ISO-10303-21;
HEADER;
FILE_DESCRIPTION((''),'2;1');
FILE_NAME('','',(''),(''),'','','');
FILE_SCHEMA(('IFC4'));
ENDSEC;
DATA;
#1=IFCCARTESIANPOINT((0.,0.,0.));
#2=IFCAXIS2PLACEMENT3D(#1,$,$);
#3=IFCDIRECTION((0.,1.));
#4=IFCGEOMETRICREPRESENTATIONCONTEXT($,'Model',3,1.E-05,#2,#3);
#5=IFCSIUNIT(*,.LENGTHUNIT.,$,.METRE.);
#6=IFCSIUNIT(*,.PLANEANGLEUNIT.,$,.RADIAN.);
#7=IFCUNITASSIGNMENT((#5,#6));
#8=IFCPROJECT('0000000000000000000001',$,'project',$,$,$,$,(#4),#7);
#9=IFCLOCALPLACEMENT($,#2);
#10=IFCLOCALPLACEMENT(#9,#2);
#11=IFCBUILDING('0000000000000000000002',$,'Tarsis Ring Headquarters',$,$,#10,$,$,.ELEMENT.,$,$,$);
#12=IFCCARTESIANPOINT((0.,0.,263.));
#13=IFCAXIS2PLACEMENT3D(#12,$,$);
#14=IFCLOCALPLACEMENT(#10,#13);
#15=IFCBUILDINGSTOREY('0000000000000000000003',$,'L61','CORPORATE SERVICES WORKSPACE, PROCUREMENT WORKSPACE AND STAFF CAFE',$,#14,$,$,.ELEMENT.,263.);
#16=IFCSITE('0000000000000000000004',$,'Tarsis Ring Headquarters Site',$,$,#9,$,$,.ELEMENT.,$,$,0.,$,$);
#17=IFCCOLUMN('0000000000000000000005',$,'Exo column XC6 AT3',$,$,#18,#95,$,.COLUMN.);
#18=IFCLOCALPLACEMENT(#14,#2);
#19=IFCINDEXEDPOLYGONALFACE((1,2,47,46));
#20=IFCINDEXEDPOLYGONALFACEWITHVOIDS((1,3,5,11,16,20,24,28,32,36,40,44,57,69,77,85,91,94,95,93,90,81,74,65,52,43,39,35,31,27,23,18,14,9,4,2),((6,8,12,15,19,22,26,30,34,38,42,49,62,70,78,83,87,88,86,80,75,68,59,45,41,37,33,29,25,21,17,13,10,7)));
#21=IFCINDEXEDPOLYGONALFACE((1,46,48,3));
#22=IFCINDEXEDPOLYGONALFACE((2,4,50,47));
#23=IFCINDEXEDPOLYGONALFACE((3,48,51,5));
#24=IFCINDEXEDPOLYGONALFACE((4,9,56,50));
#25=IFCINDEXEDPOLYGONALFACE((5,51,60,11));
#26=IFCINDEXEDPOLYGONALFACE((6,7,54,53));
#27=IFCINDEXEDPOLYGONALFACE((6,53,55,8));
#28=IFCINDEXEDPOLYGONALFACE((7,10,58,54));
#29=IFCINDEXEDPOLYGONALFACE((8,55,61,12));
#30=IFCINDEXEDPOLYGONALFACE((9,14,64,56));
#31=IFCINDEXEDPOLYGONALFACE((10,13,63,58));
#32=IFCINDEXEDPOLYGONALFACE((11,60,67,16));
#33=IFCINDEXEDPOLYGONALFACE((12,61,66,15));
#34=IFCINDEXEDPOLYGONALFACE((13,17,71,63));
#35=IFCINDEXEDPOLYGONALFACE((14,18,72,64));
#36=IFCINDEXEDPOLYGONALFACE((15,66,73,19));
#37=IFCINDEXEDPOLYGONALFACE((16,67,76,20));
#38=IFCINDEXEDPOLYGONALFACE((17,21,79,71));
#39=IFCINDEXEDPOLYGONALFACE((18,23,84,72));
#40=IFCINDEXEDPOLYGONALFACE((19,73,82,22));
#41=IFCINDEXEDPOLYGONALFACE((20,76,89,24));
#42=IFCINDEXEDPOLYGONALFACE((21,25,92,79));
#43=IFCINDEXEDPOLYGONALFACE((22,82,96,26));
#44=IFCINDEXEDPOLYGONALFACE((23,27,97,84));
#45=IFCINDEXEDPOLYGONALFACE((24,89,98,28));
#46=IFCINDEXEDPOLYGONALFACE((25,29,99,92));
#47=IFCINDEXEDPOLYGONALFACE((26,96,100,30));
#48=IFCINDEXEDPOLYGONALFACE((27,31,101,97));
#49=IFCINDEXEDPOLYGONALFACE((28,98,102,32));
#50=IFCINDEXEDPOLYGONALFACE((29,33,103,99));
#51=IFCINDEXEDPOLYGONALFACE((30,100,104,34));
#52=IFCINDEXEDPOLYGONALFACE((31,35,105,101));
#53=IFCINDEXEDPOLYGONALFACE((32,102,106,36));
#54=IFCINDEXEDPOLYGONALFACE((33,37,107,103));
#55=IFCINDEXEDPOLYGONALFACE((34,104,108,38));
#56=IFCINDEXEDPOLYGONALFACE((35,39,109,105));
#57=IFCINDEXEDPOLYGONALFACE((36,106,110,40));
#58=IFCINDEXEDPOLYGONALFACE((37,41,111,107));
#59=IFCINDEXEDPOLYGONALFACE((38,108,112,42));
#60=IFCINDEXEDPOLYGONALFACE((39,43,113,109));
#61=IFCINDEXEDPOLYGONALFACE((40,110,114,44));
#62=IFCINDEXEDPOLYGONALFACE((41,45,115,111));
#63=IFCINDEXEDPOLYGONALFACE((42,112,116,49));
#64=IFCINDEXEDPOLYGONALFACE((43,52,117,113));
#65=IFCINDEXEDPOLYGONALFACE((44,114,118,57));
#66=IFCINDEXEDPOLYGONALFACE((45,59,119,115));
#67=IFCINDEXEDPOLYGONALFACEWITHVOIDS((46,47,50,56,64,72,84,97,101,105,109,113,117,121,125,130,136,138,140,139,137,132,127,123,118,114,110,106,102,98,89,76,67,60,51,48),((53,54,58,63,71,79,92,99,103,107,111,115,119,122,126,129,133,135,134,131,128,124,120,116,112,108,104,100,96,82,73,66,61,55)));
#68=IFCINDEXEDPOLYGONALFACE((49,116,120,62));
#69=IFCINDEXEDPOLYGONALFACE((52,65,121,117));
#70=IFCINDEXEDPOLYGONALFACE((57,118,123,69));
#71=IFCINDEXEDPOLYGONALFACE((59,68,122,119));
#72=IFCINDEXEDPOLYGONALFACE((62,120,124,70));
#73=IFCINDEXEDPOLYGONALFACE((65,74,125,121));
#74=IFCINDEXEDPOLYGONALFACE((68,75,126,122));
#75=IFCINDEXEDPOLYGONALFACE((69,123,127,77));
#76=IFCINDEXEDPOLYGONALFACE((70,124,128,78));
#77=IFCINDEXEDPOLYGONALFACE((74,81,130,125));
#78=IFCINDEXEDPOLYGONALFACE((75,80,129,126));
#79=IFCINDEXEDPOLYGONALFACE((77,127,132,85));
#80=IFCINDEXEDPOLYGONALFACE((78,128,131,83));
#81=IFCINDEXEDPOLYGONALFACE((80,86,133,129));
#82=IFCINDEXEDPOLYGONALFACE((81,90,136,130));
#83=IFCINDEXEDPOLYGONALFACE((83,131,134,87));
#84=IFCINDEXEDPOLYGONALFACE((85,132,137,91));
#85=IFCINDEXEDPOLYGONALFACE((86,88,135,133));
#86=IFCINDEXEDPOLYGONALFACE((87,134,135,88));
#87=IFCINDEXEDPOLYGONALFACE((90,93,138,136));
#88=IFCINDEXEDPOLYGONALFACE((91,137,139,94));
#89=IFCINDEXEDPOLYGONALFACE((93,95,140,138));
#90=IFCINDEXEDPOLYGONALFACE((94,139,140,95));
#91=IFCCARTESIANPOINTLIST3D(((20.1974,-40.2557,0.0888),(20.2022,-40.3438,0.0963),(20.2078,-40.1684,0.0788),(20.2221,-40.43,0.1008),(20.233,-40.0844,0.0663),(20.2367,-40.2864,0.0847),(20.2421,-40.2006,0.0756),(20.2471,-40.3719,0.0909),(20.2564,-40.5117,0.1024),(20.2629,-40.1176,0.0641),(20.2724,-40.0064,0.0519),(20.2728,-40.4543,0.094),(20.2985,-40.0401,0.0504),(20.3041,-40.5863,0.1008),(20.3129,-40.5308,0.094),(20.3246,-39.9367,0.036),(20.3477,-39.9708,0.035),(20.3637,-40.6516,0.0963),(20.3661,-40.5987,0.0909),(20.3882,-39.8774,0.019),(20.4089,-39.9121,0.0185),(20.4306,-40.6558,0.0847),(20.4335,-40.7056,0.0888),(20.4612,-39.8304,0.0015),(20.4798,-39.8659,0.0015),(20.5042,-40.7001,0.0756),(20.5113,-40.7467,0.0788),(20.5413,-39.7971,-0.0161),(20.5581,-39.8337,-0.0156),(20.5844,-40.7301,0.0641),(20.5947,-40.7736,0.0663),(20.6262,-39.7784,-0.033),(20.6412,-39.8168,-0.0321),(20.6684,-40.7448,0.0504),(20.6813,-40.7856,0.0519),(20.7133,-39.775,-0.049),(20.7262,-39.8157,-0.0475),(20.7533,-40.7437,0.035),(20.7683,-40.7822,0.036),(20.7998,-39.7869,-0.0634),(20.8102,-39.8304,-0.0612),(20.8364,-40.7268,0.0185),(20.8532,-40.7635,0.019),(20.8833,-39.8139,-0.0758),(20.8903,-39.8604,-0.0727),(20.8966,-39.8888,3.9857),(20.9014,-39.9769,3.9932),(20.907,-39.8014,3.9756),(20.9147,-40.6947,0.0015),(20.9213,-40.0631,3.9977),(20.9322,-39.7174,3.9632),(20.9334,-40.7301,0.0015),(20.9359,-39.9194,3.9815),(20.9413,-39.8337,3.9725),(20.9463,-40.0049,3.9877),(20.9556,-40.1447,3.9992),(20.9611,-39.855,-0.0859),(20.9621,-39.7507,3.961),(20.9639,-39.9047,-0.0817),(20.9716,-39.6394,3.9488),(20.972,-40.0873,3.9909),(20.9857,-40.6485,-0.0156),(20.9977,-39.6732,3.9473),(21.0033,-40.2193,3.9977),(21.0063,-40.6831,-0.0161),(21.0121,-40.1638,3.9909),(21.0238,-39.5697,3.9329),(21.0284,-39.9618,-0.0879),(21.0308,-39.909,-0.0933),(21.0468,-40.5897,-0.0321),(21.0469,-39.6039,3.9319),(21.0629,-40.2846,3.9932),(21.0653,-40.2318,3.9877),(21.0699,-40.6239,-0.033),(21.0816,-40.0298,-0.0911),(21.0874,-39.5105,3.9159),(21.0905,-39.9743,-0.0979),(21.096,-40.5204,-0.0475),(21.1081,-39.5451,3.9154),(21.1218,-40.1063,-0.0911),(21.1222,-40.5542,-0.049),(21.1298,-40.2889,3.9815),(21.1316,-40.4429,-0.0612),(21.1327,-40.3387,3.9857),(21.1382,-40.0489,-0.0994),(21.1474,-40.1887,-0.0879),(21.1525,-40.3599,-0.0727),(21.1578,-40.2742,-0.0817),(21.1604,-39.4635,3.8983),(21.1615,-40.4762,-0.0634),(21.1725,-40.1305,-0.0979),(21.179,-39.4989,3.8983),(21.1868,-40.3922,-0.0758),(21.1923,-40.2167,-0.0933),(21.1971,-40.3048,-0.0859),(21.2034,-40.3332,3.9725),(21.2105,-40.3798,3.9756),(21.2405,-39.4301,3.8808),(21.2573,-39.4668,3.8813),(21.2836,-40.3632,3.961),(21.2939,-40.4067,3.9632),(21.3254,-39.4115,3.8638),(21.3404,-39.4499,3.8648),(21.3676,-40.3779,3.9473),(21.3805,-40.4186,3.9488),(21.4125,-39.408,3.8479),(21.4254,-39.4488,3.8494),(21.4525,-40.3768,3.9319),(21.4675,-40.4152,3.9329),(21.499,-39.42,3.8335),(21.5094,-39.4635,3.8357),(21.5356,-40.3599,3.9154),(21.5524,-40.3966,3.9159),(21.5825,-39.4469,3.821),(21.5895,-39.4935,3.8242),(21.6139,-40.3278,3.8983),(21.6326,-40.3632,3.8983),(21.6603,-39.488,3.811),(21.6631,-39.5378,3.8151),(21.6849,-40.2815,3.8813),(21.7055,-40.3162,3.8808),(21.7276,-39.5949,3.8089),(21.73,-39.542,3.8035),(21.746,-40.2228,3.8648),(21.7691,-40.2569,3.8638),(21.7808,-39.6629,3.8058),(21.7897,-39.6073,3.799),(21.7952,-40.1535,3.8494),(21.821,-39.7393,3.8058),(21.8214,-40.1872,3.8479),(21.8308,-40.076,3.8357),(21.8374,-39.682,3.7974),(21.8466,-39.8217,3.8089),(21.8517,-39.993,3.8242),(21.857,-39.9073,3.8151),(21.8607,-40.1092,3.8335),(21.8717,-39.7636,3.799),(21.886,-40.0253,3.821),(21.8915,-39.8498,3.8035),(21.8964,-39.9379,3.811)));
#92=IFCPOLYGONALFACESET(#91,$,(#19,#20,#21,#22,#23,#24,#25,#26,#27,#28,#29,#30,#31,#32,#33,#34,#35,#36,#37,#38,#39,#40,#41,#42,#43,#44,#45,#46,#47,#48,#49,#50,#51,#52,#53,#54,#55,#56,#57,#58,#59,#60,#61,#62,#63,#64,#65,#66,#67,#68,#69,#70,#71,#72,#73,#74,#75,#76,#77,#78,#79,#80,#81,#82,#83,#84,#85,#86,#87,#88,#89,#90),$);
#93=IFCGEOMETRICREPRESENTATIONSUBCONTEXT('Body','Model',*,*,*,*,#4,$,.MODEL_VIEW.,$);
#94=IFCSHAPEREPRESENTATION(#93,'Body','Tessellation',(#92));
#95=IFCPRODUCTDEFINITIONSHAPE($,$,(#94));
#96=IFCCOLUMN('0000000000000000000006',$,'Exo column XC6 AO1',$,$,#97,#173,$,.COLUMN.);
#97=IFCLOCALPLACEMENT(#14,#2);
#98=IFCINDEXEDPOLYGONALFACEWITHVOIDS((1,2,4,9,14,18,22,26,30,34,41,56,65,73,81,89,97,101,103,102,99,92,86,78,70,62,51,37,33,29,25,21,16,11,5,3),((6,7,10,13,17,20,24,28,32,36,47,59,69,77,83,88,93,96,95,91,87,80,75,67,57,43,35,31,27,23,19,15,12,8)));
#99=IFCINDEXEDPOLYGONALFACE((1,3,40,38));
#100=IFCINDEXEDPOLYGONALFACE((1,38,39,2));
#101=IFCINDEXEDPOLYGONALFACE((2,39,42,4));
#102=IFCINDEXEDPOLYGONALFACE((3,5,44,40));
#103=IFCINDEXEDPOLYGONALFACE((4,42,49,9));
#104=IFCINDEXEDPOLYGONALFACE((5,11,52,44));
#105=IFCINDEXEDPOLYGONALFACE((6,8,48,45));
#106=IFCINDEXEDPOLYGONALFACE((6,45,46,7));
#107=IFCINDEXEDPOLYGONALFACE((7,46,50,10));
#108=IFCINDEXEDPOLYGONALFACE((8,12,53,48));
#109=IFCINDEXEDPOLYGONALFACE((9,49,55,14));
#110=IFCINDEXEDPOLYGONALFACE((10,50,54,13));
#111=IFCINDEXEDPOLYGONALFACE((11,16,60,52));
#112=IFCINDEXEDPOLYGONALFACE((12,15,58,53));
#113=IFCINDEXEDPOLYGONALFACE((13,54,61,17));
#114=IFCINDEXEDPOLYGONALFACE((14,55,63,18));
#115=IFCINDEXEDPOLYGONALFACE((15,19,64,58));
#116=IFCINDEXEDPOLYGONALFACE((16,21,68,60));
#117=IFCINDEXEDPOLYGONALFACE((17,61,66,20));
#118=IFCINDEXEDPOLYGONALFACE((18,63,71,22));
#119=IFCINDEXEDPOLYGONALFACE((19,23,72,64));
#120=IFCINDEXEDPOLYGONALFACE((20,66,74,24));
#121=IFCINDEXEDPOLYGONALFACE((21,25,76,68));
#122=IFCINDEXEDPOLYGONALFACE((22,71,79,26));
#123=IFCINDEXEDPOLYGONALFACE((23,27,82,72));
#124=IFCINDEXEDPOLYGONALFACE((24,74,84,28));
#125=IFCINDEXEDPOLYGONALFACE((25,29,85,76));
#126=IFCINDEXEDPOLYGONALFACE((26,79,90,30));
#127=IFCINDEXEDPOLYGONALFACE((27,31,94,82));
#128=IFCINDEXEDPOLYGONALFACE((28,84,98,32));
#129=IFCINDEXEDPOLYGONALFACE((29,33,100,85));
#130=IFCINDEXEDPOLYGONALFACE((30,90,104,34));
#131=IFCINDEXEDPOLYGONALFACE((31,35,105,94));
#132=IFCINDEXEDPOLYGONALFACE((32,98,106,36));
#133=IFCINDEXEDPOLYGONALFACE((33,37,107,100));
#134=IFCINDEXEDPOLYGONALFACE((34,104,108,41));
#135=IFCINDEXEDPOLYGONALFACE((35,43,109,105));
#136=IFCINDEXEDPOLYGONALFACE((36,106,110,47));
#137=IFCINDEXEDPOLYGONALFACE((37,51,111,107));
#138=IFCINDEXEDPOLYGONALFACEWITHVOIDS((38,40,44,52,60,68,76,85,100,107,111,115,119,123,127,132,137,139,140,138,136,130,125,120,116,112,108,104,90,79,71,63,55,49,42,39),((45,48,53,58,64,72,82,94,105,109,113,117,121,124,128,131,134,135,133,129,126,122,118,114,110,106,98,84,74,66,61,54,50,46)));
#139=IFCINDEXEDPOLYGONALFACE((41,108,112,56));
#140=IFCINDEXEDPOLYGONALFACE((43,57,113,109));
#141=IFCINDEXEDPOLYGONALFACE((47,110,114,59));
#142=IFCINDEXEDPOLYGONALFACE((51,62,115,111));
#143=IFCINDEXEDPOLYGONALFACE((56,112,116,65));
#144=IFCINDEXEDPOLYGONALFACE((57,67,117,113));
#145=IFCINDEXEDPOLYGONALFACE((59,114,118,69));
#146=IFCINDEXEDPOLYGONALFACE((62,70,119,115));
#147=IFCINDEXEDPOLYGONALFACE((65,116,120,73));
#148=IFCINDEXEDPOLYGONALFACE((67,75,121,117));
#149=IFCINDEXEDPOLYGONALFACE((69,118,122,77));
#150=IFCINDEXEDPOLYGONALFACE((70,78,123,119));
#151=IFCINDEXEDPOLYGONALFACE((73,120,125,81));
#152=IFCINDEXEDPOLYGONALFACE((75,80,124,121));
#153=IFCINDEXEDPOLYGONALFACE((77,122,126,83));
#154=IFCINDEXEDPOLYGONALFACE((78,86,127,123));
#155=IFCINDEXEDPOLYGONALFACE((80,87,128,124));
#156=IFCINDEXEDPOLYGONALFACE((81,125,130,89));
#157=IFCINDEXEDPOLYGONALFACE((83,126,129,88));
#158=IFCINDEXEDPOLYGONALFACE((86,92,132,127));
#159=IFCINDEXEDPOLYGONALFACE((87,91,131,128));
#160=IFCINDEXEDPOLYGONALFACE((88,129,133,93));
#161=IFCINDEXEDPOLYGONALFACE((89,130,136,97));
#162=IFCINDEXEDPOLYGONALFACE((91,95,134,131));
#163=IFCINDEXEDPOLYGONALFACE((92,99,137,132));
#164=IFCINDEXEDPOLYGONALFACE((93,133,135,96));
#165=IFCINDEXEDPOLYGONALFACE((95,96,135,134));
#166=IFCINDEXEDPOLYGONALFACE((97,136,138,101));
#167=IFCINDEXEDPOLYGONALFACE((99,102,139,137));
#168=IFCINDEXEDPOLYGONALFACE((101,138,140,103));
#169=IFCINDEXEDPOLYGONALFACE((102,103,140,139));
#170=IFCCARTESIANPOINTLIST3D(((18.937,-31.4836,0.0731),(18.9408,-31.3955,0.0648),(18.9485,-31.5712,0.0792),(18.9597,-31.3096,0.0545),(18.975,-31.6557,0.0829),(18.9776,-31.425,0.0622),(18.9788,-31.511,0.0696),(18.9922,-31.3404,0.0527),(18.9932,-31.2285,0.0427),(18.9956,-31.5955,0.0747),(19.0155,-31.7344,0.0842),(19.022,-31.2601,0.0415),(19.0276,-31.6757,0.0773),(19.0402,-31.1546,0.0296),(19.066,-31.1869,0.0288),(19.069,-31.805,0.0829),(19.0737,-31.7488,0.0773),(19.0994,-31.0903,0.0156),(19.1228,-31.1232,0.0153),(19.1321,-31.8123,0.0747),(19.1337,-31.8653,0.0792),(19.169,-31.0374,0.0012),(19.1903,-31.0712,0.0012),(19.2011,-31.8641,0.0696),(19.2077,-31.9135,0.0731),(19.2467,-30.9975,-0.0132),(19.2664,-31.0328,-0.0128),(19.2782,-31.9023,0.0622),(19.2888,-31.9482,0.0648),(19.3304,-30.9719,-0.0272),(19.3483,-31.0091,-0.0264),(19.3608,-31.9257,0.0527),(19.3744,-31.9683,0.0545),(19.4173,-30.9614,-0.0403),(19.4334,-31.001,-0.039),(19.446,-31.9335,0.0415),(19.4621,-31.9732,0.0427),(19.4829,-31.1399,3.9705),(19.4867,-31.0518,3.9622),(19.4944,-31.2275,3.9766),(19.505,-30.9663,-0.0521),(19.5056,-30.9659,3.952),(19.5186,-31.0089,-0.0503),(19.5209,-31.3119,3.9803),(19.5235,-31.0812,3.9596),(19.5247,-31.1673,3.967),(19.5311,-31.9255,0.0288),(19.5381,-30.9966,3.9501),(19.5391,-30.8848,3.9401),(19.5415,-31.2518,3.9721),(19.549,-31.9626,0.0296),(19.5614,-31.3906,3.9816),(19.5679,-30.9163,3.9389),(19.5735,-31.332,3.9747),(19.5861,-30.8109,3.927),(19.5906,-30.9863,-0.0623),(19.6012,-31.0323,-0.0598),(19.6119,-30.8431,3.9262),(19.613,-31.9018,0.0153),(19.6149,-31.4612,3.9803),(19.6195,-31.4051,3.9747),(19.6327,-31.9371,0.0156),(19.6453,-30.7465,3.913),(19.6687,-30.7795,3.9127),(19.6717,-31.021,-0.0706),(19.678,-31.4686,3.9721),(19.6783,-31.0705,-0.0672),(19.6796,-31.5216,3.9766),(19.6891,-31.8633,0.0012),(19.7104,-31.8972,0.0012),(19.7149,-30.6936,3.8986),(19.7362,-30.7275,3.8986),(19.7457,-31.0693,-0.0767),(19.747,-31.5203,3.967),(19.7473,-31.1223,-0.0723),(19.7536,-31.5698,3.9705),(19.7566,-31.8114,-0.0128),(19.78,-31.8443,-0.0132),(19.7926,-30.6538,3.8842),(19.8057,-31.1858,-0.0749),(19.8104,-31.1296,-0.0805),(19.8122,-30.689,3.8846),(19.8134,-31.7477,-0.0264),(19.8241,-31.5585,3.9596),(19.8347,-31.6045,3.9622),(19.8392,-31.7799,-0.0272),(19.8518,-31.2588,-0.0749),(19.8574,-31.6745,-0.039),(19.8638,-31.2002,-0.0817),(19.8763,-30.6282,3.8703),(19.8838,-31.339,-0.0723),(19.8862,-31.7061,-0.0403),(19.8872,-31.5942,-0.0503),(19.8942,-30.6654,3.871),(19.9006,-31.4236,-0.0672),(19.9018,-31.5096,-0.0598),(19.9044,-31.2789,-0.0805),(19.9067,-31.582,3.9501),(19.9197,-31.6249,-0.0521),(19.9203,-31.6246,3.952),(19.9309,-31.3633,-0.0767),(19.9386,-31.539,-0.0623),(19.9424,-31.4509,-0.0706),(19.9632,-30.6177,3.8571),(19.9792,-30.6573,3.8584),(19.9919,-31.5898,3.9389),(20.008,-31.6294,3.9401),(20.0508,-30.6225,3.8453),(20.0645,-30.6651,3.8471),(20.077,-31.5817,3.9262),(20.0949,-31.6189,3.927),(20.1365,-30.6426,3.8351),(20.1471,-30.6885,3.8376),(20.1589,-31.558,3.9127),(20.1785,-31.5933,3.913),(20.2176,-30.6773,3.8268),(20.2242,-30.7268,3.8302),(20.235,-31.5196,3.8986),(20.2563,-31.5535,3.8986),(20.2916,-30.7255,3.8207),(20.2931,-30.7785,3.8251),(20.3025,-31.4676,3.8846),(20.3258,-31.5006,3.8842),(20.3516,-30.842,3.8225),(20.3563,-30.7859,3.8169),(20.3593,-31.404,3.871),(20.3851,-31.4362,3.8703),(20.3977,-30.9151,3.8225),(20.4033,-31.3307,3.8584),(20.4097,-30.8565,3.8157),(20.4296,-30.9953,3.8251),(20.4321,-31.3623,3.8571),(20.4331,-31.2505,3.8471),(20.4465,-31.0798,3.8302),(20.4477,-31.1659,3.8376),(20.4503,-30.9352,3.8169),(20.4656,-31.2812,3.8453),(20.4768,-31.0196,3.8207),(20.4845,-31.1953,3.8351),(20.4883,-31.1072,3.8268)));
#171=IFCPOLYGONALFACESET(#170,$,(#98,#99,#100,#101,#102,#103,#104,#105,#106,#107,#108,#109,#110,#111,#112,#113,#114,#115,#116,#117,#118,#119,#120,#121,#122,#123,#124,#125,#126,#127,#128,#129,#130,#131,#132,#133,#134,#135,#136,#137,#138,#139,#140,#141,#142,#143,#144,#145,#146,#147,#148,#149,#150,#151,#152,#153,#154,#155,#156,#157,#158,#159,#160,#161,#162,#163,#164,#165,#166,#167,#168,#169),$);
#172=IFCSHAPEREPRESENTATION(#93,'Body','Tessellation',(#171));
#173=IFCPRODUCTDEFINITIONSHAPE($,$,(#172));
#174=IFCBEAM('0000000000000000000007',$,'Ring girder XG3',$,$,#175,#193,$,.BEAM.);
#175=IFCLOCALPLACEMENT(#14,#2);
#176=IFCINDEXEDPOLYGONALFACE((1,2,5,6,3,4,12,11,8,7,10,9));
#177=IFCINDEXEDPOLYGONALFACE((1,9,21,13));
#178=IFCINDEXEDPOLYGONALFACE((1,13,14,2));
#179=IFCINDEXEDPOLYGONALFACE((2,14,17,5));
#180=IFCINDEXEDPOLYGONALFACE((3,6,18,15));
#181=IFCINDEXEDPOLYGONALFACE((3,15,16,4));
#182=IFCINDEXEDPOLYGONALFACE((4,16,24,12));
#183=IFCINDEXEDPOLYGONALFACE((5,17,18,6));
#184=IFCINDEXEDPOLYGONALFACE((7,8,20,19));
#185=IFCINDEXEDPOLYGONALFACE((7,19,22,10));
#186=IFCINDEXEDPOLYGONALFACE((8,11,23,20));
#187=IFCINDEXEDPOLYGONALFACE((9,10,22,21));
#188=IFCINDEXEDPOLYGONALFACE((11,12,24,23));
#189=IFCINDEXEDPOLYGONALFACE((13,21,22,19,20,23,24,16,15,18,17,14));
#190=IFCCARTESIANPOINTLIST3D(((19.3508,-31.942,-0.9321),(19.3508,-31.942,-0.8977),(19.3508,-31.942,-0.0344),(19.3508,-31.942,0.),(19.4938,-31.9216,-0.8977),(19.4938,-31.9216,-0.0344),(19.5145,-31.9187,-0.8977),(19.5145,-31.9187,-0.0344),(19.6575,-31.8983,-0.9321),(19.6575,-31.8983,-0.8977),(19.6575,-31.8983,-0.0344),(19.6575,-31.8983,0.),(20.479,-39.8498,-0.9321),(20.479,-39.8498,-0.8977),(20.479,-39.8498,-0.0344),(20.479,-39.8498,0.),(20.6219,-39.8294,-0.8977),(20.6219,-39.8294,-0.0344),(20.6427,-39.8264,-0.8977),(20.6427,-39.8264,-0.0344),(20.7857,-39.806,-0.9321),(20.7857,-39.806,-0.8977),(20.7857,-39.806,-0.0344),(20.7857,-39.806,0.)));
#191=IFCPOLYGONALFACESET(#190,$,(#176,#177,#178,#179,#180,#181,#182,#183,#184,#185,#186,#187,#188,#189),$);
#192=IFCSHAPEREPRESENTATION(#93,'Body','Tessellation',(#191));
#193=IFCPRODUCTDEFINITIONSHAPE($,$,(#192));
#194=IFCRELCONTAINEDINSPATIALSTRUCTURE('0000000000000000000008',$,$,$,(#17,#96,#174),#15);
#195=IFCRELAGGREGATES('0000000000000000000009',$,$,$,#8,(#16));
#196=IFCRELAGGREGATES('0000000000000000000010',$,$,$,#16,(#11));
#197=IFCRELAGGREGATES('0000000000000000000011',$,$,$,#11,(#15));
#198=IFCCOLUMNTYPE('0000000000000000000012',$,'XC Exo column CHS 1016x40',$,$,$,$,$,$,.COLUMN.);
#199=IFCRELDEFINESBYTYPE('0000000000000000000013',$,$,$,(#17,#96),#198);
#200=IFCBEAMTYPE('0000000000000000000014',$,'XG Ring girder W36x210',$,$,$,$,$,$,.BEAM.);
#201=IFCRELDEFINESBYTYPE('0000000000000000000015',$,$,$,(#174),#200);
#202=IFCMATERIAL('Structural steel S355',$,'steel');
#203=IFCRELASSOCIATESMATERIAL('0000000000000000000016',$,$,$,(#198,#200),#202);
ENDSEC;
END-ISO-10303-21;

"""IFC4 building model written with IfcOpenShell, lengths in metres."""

from ifc_helpers import new_model, si_unit, direction, frame, origin, origin_2d, place, context, subcontext, project, spatial, hollow_circle, i_section, extrude, material, material_profile, profile_set, type_object, element, save


model = new_model("IFC4")

# Units and contexts
model_context = context("Model", 3, precision=1e-05, world=origin(), true_north=direction((0.0, 1.0)))
body_context = subcontext(model_context, "Body", "Model", "MODEL_VIEW")
ifc_project = project(units=[si_unit("LENGTHUNIT", "METRE"), si_unit("PLANEANGLEUNIT", "RADIAN")], contexts=[model_context])

# Site, building, storey
site_placement = place(None, origin())
site = spatial("IfcSite", under=ifc_project, at=site_placement, Name="Tarsis Ring Headquarters Site", CompositionType="ELEMENT", RefElevation=0.0)
building_placement = place(site_placement, origin())
building = spatial("IfcBuilding", under=site, at=building_placement, Name="Tarsis Ring Headquarters", CompositionType="ELEMENT")
storey_placement = place(building_placement, frame((0.0, 0.0, 263.0)))
storey = spatial("IfcBuildingStorey", under=building, at=storey_placement, Name="L61", Description="CORPORATE SERVICES WORKSPACE, PROCUREMENT WORKSPACE AND STAFF CAFE", CompositionType="ELEMENT", Elevation=263.0)

# Columns
ifc_material_1 = material(Name="Structural steel S355", Category="steel")
ifc_material_profile_1 = material_profile(ifc_material_1, hollow_circle(Radius=0.5081, WallThickness=0.04, at=origin_2d()), Name="CHS 1016x40")
ifc_profile_set_1 = profile_set([ifc_material_profile_1], Name="Structural steel S355")
column_type = type_object("IfcColumnType", Name="XC Exo column CHS 1016x40", PredefinedType="COLUMN", material=ifc_profile_set_1)
column_1_placement = place(storey_placement, frame((20.6973, -40.2803, 0.0015), z_axis=(0.175852, 0.092286, 0.980081), x_axis=(-0.464688, 0.885474, 0.0)))
element("IfcColumn", 1, at=column_1_placement, inside=storey, type_object=column_type, Name="Exo column XC6 AT3", PredefinedType="COLUMN", context=body_context, shape_type="SweptSolid", body=[
    extrude(hollow_circle(Radius=0.5081, WallThickness=0.04, at=origin_2d()), origin(), (0.0, 0.0, 1.0), 3.9761),
])
column_2_placement = place(storey_placement, frame((19.4397, -31.4673, 0.0012), z_axis=(0.138185, 0.087015, 0.986577), x_axis=(-0.532853, 0.846208, 0.0)))
element("IfcColumn", 2, at=column_2_placement, inside=storey, type_object=column_type, Name="Exo column XC6 AO1", PredefinedType="COLUMN", context=body_context, shape_type="SweptSolid", body=[
    extrude(hollow_circle(Radius=0.5081, WallThickness=0.04, at=origin_2d()), origin(), (0.0, 0.0, 1.0), 3.9504),
])

# Beam
ifc_material_profile_2 = material_profile(ifc_material_1, i_section(OverallWidth=0.3098, OverallDepth=0.9321, WebThickness=0.021, FlangeThickness=0.0344, at=origin_2d()), Name="W36x210")
ifc_profile_set_2 = profile_set([ifc_material_profile_2], Name="Structural steel S355")
beam_type = type_object("IfcBeamType", Name="XG Ring girder W36x210", PredefinedType="BEAM", material=ifc_profile_set_2)
for number, where, z_axis, x_axis, name in (
    (3, (20.6323, -39.8279, -0.4661), (-0.141237, 0.989976, 0.0), (-0.989976, -0.141237, 0.0), "Ring girder XG3"),
):
    element("IfcBeam", number, at=place(storey_placement, frame(where, z_axis=z_axis, x_axis=x_axis)), inside=storey, type_object=beam_type, Name=name, PredefinedType="BEAM", context=body_context, shape_type="SweptSolid", body=[
        extrude(i_section(OverallWidth=0.3098, OverallDepth=0.9321, WebThickness=0.021, FlangeThickness=0.0344, at=origin_2d()), origin(), (0.0, 0.0, 1.0), 7.9878),
    ])

save(model, "model.ifc")
